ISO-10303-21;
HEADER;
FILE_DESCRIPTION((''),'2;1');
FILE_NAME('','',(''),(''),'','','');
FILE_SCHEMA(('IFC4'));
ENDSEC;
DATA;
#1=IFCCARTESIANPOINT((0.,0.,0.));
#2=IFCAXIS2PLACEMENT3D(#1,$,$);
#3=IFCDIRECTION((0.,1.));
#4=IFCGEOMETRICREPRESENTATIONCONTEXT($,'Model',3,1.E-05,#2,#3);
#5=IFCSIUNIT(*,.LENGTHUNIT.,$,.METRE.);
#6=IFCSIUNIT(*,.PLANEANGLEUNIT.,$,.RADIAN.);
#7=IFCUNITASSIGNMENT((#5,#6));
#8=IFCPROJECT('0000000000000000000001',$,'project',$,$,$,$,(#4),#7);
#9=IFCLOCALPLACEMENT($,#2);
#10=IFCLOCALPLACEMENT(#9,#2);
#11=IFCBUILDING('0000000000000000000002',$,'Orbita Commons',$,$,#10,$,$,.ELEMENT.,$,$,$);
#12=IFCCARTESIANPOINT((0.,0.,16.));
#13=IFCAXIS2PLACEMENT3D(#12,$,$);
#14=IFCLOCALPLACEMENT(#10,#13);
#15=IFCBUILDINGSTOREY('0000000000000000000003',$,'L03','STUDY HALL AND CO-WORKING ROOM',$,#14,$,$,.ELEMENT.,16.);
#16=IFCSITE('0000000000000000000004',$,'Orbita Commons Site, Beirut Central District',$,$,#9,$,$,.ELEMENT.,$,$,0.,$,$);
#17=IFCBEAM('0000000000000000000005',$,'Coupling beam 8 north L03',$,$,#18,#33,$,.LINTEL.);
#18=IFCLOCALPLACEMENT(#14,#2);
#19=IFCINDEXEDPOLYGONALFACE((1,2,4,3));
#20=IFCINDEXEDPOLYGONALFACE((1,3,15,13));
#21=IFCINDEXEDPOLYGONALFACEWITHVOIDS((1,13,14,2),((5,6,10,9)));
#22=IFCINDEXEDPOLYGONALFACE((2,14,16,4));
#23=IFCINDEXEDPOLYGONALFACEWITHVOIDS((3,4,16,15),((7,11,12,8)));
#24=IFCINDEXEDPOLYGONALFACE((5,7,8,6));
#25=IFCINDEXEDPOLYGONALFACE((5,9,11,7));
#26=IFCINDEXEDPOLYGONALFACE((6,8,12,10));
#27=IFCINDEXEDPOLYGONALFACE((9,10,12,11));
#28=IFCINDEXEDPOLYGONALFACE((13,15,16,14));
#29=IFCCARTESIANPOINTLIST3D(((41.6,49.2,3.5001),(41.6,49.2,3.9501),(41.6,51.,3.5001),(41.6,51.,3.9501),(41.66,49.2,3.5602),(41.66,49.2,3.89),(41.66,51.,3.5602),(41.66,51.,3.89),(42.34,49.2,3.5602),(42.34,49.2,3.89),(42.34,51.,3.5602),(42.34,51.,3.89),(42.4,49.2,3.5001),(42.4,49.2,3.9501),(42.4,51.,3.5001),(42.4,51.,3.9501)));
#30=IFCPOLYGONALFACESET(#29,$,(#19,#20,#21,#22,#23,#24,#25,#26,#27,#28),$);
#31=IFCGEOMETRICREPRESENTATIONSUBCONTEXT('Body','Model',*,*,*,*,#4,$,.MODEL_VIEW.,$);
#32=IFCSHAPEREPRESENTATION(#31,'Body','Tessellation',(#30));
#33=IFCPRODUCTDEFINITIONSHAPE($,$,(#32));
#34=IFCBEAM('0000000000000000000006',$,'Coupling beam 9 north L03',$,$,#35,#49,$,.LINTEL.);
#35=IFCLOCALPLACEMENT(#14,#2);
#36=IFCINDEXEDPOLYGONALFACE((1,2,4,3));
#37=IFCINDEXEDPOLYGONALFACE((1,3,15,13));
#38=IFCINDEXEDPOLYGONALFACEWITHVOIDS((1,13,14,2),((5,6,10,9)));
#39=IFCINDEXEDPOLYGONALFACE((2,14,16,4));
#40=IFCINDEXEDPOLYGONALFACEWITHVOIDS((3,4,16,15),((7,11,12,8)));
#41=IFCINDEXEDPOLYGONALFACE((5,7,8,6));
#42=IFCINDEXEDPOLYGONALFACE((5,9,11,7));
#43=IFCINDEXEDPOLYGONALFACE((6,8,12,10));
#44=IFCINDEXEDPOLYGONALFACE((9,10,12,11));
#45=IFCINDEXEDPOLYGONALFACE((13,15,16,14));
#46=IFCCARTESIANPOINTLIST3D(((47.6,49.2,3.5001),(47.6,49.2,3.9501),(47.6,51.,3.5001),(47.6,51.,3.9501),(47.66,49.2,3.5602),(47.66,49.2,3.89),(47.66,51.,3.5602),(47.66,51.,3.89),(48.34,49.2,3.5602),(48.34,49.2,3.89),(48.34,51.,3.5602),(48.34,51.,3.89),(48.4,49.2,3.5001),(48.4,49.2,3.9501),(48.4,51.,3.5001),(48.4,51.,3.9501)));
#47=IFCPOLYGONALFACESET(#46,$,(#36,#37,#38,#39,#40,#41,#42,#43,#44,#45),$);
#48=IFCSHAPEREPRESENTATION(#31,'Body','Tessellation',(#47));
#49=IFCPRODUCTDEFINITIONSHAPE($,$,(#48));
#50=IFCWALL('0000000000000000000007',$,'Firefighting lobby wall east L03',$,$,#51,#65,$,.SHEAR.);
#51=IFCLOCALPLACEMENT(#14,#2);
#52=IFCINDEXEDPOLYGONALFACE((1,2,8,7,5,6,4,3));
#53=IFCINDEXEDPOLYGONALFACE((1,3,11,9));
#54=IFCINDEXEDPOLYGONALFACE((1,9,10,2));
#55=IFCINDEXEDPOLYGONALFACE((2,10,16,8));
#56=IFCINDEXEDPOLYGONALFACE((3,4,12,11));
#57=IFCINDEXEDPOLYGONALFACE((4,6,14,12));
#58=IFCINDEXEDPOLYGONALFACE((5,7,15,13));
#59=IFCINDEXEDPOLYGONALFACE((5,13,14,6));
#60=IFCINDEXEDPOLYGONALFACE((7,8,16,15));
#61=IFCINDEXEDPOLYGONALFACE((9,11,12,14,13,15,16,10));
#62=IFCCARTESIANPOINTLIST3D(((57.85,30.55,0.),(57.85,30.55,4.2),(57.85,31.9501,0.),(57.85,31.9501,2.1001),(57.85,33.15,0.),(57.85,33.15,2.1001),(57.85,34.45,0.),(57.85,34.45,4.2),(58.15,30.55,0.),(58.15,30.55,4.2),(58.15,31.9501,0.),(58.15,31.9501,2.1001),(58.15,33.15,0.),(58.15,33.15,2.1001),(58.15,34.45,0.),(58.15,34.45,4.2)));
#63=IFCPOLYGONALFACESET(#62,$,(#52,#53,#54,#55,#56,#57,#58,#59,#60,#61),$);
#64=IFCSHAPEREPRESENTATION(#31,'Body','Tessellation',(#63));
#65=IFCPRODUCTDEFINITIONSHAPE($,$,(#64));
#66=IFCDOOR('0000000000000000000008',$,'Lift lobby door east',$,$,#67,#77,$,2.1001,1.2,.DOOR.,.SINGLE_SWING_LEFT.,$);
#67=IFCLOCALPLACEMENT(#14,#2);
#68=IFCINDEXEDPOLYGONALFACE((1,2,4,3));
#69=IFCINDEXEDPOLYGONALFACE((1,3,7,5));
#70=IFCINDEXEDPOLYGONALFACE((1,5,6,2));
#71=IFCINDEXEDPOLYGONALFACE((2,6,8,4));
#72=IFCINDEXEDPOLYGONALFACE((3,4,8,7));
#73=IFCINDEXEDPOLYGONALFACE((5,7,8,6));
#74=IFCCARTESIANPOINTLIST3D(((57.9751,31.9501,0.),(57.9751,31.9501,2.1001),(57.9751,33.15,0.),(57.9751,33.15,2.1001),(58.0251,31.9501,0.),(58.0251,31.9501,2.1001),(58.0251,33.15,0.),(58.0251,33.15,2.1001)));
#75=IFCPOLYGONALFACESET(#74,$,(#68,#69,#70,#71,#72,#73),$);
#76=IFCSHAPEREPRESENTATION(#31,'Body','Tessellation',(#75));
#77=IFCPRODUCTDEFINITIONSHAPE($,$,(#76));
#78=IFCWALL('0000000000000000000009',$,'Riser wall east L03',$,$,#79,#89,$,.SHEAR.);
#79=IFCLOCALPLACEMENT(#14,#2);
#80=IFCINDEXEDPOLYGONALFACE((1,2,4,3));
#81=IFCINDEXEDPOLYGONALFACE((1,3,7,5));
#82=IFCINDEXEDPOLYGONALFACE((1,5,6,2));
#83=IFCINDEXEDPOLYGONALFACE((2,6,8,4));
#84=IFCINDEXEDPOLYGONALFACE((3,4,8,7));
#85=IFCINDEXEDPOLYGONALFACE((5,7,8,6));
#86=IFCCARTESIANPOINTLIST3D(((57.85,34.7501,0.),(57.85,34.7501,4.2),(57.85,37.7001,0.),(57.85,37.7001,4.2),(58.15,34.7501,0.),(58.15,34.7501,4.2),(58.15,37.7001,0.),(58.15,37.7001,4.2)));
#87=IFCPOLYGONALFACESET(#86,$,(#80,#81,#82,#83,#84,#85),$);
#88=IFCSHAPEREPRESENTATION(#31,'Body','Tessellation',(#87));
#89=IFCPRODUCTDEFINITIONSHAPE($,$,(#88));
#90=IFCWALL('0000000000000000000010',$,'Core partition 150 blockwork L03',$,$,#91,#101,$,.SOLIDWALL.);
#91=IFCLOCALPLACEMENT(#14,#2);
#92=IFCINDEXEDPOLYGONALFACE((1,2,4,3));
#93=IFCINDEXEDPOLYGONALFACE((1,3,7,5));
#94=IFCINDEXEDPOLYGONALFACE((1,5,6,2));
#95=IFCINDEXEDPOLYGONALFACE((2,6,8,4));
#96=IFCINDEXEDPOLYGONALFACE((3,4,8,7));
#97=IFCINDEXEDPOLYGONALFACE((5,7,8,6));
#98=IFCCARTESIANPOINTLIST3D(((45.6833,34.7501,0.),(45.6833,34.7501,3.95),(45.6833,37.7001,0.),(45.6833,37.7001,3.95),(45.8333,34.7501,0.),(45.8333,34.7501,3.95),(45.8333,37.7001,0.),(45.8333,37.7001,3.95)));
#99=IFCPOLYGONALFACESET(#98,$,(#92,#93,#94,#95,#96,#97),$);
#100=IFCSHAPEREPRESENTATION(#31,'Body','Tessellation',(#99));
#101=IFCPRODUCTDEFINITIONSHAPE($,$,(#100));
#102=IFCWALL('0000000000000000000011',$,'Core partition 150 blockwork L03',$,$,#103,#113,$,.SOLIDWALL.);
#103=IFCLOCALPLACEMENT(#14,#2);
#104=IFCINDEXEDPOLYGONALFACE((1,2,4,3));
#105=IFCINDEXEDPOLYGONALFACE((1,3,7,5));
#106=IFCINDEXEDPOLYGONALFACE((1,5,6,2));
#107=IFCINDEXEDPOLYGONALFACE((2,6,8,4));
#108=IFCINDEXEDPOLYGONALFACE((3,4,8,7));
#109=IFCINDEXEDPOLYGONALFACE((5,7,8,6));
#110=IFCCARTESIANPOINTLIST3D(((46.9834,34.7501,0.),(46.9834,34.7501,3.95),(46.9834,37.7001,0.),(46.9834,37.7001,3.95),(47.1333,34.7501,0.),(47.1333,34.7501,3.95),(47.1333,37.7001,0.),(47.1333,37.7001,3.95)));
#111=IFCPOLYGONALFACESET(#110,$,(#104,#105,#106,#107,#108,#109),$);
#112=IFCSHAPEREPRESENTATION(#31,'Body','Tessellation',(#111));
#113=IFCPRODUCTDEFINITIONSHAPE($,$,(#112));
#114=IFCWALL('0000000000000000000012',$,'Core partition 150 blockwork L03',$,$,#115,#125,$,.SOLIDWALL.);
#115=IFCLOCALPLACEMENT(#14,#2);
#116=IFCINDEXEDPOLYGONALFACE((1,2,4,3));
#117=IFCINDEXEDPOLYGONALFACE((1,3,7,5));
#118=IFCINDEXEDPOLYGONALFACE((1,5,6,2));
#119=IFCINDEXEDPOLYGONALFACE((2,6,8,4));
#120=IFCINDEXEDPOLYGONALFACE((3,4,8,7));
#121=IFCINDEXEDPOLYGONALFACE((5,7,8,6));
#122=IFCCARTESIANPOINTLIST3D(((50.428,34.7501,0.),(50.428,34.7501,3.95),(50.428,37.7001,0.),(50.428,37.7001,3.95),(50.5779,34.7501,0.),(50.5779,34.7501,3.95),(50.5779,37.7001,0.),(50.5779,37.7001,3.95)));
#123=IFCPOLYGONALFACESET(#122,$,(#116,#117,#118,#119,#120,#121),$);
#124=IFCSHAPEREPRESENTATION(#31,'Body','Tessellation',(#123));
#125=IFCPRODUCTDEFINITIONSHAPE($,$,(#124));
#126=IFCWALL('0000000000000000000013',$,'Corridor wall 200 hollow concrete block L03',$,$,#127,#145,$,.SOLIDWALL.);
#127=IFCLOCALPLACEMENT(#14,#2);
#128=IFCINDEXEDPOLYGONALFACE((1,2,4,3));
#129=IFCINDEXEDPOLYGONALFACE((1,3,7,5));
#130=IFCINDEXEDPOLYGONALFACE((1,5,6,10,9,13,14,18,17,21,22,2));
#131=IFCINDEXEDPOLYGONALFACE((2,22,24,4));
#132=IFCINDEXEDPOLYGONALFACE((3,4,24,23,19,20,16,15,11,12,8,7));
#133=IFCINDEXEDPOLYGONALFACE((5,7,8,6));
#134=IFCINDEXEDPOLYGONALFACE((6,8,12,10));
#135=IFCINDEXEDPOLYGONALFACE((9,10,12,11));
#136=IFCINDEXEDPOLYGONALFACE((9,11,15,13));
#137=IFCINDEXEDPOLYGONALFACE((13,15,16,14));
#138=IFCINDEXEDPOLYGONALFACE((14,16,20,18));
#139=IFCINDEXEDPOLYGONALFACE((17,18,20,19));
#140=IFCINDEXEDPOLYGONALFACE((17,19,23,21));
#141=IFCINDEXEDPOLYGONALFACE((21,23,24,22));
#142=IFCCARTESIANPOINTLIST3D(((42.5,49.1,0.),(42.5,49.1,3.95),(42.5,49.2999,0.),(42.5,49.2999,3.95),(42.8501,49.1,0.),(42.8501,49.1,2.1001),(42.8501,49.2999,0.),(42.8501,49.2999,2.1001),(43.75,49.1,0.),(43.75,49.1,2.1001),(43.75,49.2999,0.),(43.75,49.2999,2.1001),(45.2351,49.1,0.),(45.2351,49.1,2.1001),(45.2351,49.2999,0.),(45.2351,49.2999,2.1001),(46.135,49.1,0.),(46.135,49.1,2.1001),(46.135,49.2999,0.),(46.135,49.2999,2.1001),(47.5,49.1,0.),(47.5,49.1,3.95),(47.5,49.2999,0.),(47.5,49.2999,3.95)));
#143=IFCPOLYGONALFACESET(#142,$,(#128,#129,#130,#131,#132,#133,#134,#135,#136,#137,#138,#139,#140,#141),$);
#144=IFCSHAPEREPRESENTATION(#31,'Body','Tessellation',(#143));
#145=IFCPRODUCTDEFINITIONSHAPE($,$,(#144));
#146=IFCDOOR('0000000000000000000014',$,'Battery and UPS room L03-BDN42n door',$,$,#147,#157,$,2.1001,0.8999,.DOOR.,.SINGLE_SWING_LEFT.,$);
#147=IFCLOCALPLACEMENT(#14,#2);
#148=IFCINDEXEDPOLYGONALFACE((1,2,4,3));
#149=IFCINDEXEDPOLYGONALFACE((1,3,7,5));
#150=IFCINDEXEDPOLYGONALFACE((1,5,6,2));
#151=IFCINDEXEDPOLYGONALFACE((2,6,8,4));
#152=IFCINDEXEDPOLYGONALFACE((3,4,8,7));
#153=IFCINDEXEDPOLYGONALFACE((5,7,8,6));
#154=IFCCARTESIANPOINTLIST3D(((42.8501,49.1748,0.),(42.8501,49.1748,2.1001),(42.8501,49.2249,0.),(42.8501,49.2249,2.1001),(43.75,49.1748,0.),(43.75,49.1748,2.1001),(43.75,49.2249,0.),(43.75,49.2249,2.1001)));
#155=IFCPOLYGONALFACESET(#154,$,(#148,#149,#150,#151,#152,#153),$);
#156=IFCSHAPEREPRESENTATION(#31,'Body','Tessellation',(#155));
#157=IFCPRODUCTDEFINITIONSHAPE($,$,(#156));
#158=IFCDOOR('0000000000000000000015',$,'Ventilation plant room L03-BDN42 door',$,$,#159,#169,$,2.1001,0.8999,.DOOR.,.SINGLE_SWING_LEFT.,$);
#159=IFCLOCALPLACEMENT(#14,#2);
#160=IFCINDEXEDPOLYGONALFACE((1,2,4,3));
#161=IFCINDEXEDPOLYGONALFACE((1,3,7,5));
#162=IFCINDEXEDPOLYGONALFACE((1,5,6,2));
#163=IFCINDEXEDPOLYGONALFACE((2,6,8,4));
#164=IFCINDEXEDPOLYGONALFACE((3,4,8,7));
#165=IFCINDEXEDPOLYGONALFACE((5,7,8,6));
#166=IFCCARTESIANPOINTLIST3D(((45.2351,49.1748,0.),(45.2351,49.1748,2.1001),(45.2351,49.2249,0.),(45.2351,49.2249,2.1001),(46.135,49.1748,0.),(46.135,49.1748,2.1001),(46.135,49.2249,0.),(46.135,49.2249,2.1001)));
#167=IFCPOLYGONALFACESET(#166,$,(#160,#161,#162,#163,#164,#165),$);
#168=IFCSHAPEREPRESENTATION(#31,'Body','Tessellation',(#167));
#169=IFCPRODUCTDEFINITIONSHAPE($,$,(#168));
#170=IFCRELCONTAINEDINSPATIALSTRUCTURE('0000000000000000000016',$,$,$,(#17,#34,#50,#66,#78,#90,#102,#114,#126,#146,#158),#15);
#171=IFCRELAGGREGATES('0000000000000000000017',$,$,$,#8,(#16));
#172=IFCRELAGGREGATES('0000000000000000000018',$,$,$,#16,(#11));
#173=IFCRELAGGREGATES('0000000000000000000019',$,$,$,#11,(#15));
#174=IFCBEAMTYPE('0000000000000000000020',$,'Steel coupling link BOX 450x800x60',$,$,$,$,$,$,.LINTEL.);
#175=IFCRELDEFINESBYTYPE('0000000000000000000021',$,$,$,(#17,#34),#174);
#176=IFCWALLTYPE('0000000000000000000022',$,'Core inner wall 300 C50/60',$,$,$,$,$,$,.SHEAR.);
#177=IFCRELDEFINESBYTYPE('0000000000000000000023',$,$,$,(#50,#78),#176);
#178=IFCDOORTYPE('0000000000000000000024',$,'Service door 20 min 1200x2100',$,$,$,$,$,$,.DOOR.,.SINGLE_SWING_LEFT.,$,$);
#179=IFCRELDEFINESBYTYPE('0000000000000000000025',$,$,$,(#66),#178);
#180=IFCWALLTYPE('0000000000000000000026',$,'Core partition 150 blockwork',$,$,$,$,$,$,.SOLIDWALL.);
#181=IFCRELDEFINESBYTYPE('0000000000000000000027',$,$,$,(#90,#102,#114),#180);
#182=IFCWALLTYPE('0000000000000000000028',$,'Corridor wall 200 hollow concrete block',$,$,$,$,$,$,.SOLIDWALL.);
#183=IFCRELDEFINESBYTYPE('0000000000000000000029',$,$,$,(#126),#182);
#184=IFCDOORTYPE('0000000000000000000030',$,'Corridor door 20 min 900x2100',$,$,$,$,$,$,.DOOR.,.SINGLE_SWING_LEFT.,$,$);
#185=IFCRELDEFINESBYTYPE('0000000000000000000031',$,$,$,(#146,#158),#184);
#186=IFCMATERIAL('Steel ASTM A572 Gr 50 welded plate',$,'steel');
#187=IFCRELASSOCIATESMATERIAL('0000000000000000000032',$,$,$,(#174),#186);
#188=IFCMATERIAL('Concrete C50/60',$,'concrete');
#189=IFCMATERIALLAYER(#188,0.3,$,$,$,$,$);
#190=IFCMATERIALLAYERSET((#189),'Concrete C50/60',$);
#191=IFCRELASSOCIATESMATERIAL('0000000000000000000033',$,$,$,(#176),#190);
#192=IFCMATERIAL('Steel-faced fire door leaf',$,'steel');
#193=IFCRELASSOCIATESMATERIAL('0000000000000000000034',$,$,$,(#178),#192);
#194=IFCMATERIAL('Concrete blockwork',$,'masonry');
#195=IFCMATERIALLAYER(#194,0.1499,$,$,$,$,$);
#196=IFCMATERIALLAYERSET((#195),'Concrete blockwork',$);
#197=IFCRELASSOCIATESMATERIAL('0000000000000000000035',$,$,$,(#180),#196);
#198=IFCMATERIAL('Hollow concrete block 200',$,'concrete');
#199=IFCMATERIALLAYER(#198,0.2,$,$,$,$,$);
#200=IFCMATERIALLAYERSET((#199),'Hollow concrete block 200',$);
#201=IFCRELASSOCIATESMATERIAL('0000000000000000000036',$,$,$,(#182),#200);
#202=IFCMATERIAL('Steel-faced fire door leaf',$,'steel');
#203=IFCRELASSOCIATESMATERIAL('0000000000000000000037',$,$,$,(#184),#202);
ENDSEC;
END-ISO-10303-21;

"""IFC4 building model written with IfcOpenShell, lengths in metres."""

from ifc_helpers import new_model, si_unit, direction, frame, frame_2d, origin, origin_2d, place, context, subcontext, project, spatial, rectangle, hollow_rectangle, extrude, material, layer, layer_set, material_profile, profile_set, type_object, element, fill, save


model = new_model("IFC4")

# Units and contexts
model_context = context("Model", 3, precision=1e-05, world=origin(), true_north=direction((0.0, 1.0)))
body_context = subcontext(model_context, "Body", "Model", "MODEL_VIEW")
ifc_project = project(units=[si_unit("LENGTHUNIT", "METRE"), si_unit("PLANEANGLEUNIT", "RADIAN")], contexts=[model_context])

# Site, building, storey
site_placement = place(None, origin())
site = spatial("IfcSite", under=ifc_project, at=site_placement, Name="Orbita Commons Site, Beirut Central District", CompositionType="ELEMENT", RefElevation=0.0)
building_placement = place(site_placement, origin())
building = spatial("IfcBuilding", under=site, at=building_placement, Name="Orbita Commons", CompositionType="ELEMENT")
storey_placement = place(building_placement, frame((0.0, 0.0, 16.0)))
storey = spatial("IfcBuildingStorey", under=building, at=storey_placement, Name="L03", Description="STUDY HALL AND CO-WORKING ROOM", CompositionType="ELEMENT", Elevation=16.0)

# Beams
ifc_material_1 = material(Name="Steel ASTM A572 Gr 50 welded plate", Category="steel")
ifc_material_profile = material_profile(ifc_material_1, hollow_rectangle(XDim=0.8, YDim=0.45, WallThickness=0.0601, at=origin_2d()), Name="BOX 450x800x60")
ifc_profile_set = profile_set([ifc_material_profile], Name="Steel ASTM A572 Gr 50 welded plate")
beam_type = type_object("IfcBeamType", Name="Steel coupling link BOX 450x800x60", PredefinedType="LINTEL", material=ifc_profile_set)
for number, where, z_axis, x_axis, name in (
    (1, (42.0, 49.2, 3.7251), (0.0, 1.0, 0.0), (-1.0, 0.0, 0.0), "Coupling beam 8 north L03"),
    (2, (48.0, 49.2, 3.7251), (0.0, 1.0, 0.0), (-1.0, 0.0, 0.0), "Coupling beam 9 north L03"),
):
    element("IfcBeam", number, at=place(storey_placement, frame(where, z_axis=z_axis, x_axis=x_axis)), inside=storey, type_object=beam_type, Name=name, PredefinedType="LINTEL", context=body_context, shape_type="SweptSolid", body=[
        extrude(hollow_rectangle(XDim=0.8, YDim=0.45, WallThickness=0.0601, at=origin_2d()), origin(), (0.0, 0.0, 1.0), 1.8),
    ])

# Wall, opening, door
ifc_material_2 = material(Name="Concrete C50/60", Category="concrete")
ifc_layer_1 = layer(ifc_material_2, 0.3)
ifc_layer_set_1 = layer_set([ifc_layer_1], Name="Concrete C50/60")
wall_type_1 = type_object("IfcWallType", Name="Core inner wall 300 C50/60", PredefinedType="SHEAR", material=ifc_layer_set_1)
wall_1_placement = place(storey_placement, frame((58.0, 30.55, 0.0), z_axis=(0.0, 0.0, 1.0), x_axis=(0.0, 1.0, 0.0)))
wall_1 = element("IfcWall", 3, at=wall_1_placement, inside=storey, type_object=wall_type_1, Name="Firefighting lobby wall east L03", PredefinedType="SHEAR", context=body_context, shape_type="SweptSolid", body=[
    extrude(rectangle(XDim=3.8999, YDim=0.3, at=frame_2d((1.95, 0.0))), origin(), (0.0, 0.0, 1.0), 4.2),
])
opening_1_placement = place(wall_1_placement, frame((1.3999, 0.0, 0.0)))
opening_1 = element("IfcOpeningElement", 4, at=opening_1_placement, cuts=wall_1, PredefinedType="OPENING", context=body_context, shape_type="SweptSolid", body=[
    extrude(rectangle(XDim=1.2, YDim=2.1001, at=frame_2d((0.6001, 1.05))), frame((0.0, 0.1599, 0.0), z_axis=(0.0, -1.0, 0.0), x_axis=(1.0, 0.0, 0.0)), (0.0, 0.0, 1.0), 0.3201),
])
ifc_material_3 = material(Name="Steel-faced fire door leaf", Category="steel")
door_type_1 = type_object("IfcDoorType", Name="Service door 20 min 1200x2100", OperationType="SINGLE_SWING_LEFT", PredefinedType="DOOR", material=ifc_material_3)
door_1_placement = place(opening_1_placement, origin())
door_1 = element("IfcDoor", 5, at=door_1_placement, inside=storey, type_object=door_type_1, Name="Lift lobby door east", OperationType="SINGLE_SWING_LEFT", OverallHeight=2.1001, OverallWidth=1.2, PredefinedType="DOOR", context=body_context, shape_type="SweptSolid", body=[
    extrude(rectangle(XDim=1.2, YDim=2.1001, at=frame_2d((0.6001, 1.05))), frame((0.0, 0.0249, 0.0), z_axis=(0.0, -1.0, 0.0), x_axis=(1.0, 0.0, 0.0)), (0.0, 0.0, 1.0), 0.05),
])
fill(opening_1, door_1)

# Walls
wall_2_placement = place(storey_placement, frame((58.0, 34.75, 0.0), z_axis=(0.0, 0.0, 1.0), x_axis=(0.0, 1.0, 0.0)))
element("IfcWall", 6, at=wall_2_placement, inside=storey, type_object=wall_type_1, Name="Riser wall east L03", PredefinedType="SHEAR", context=body_context, shape_type="SweptSolid", body=[
    extrude(rectangle(XDim=2.95, YDim=0.3, at=frame_2d((1.4751, 0.0))), origin(), (0.0, 0.0, 1.0), 4.2),
])
ifc_material_4 = material(Name="Concrete blockwork", Category="masonry")
ifc_layer_2 = layer(ifc_material_4, 0.1499)
ifc_layer_set_2 = layer_set([ifc_layer_2], Name="Concrete blockwork")
wall_type_2 = type_object("IfcWallType", Name="Core partition 150 blockwork", PredefinedType="SOLIDWALL", material=ifc_layer_set_2)
for number, where, z_axis, x_axis, name in (
    (7, (45.7583, 34.75, 0.0), (0.0, 0.0, 1.0), (0.0, 1.0, 0.0), "Core partition 150 blockwork L03"),
    (8, (47.0583, 34.75, 0.0), (0.0, 0.0, 1.0), (0.0, 1.0, 0.0), "Core partition 150 blockwork L03"),
    (9, (50.5029, 34.75, 0.0), (0.0, 0.0, 1.0), (0.0, 1.0, 0.0), "Core partition 150 blockwork L03"),
):
    element("IfcWall", number, at=place(storey_placement, frame(where, z_axis=z_axis, x_axis=x_axis)), inside=storey, type_object=wall_type_2, Name=name, PredefinedType="SOLIDWALL", context=body_context, shape_type="SweptSolid", body=[
        extrude(rectangle(XDim=2.95, YDim=0.1499, at=frame_2d((1.4751, 0.0))), origin(), (0.0, 0.0, 1.0), 3.95),
    ])

# Wall, openings, doors
ifc_material_5 = material(Name="Hollow concrete block 200", Category="concrete")
ifc_layer_3 = layer(ifc_material_5, 0.2)
ifc_layer_set_3 = layer_set([ifc_layer_3], Name="Hollow concrete block 200")
wall_type_3 = type_object("IfcWallType", Name="Corridor wall 200 hollow concrete block", PredefinedType="SOLIDWALL", material=ifc_layer_set_3)
wall_3_placement = place(storey_placement, frame((42.5, 49.2, 0.0), z_axis=(0.0, 0.0, 1.0), x_axis=(1.0, 0.0, 0.0)))
wall_3 = element("IfcWall", 10, at=wall_3_placement, inside=storey, type_object=wall_type_3, Name="Corridor wall 200 hollow concrete block L03", PredefinedType="SOLIDWALL", context=body_context, shape_type="SweptSolid", body=[
    extrude(rectangle(XDim=5.0, YDim=0.2, at=frame_2d((2.5, 0.0))), origin(), (0.0, 0.0, 1.0), 3.95),
])
opening_2_placement = place(wall_3_placement, frame((0.3501, 0.0, 0.0)))
opening_2 = element("IfcOpeningElement", 11, at=opening_2_placement, cuts=wall_3, PredefinedType="OPENING", context=body_context, shape_type="SweptSolid", body=[
    extrude(rectangle(XDim=0.8999, YDim=2.1001, at=frame_2d((0.45, 1.05))), frame((0.0, 0.1099, 0.0), z_axis=(0.0, -1.0, 0.0), x_axis=(1.0, 0.0, 0.0)), (0.0, 0.0, 1.0), 0.22),
])
opening_3_placement = place(wall_3_placement, frame((2.7351, 0.0, 0.0)))
opening_3 = element("IfcOpeningElement", 12, at=opening_3_placement, cuts=wall_3, PredefinedType="OPENING", context=body_context, shape_type="SweptSolid", body=[
    extrude(rectangle(XDim=0.8999, YDim=2.1001, at=frame_2d((0.45, 1.05))), frame((0.0, 0.1099, 0.0), z_axis=(0.0, -1.0, 0.0), x_axis=(1.0, 0.0, 0.0)), (0.0, 0.0, 1.0), 0.22),
])
ifc_material_6 = material(Name="Steel-faced fire door leaf", Category="steel")
door_type_2 = type_object("IfcDoorType", Name="Corridor door 20 min 900x2100", OperationType="SINGLE_SWING_LEFT", PredefinedType="DOOR", material=ifc_material_6)
door_2_placement = place(opening_2_placement, origin())
door_2 = element("IfcDoor", 13, at=door_2_placement, inside=storey, type_object=door_type_2, Name="Battery and UPS room L03-BDN42n door", OperationType="SINGLE_SWING_LEFT", OverallHeight=2.1001, OverallWidth=0.8999, PredefinedType="DOOR", context=body_context, shape_type="SweptSolid", body=[
    extrude(rectangle(XDim=0.8999, YDim=2.1001, at=frame_2d((0.45, 1.05))), frame((0.0, 0.0249, 0.0), z_axis=(0.0, -1.0, 0.0), x_axis=(1.0, 0.0, 0.0)), (0.0, 0.0, 1.0), 0.05),
])
fill(opening_2, door_2)
door_3_placement = place(opening_3_placement, origin())
door_3 = element("IfcDoor", 14, at=door_3_placement, inside=storey, type_object=door_type_2, Name="Ventilation plant room L03-BDN42 door", OperationType="SINGLE_SWING_LEFT", OverallHeight=2.1001, OverallWidth=0.8999, PredefinedType="DOOR", context=body_context, shape_type="SweptSolid", body=[
    extrude(rectangle(XDim=0.8999, YDim=2.1001, at=frame_2d((0.45, 1.05))), frame((0.0, 0.0249, 0.0), z_axis=(0.0, -1.0, 0.0), x_axis=(1.0, 0.0, 0.0)), (0.0, 0.0, 1.0), 0.05),
])
fill(opening_3, door_3)

save(model, "model.ifc")
